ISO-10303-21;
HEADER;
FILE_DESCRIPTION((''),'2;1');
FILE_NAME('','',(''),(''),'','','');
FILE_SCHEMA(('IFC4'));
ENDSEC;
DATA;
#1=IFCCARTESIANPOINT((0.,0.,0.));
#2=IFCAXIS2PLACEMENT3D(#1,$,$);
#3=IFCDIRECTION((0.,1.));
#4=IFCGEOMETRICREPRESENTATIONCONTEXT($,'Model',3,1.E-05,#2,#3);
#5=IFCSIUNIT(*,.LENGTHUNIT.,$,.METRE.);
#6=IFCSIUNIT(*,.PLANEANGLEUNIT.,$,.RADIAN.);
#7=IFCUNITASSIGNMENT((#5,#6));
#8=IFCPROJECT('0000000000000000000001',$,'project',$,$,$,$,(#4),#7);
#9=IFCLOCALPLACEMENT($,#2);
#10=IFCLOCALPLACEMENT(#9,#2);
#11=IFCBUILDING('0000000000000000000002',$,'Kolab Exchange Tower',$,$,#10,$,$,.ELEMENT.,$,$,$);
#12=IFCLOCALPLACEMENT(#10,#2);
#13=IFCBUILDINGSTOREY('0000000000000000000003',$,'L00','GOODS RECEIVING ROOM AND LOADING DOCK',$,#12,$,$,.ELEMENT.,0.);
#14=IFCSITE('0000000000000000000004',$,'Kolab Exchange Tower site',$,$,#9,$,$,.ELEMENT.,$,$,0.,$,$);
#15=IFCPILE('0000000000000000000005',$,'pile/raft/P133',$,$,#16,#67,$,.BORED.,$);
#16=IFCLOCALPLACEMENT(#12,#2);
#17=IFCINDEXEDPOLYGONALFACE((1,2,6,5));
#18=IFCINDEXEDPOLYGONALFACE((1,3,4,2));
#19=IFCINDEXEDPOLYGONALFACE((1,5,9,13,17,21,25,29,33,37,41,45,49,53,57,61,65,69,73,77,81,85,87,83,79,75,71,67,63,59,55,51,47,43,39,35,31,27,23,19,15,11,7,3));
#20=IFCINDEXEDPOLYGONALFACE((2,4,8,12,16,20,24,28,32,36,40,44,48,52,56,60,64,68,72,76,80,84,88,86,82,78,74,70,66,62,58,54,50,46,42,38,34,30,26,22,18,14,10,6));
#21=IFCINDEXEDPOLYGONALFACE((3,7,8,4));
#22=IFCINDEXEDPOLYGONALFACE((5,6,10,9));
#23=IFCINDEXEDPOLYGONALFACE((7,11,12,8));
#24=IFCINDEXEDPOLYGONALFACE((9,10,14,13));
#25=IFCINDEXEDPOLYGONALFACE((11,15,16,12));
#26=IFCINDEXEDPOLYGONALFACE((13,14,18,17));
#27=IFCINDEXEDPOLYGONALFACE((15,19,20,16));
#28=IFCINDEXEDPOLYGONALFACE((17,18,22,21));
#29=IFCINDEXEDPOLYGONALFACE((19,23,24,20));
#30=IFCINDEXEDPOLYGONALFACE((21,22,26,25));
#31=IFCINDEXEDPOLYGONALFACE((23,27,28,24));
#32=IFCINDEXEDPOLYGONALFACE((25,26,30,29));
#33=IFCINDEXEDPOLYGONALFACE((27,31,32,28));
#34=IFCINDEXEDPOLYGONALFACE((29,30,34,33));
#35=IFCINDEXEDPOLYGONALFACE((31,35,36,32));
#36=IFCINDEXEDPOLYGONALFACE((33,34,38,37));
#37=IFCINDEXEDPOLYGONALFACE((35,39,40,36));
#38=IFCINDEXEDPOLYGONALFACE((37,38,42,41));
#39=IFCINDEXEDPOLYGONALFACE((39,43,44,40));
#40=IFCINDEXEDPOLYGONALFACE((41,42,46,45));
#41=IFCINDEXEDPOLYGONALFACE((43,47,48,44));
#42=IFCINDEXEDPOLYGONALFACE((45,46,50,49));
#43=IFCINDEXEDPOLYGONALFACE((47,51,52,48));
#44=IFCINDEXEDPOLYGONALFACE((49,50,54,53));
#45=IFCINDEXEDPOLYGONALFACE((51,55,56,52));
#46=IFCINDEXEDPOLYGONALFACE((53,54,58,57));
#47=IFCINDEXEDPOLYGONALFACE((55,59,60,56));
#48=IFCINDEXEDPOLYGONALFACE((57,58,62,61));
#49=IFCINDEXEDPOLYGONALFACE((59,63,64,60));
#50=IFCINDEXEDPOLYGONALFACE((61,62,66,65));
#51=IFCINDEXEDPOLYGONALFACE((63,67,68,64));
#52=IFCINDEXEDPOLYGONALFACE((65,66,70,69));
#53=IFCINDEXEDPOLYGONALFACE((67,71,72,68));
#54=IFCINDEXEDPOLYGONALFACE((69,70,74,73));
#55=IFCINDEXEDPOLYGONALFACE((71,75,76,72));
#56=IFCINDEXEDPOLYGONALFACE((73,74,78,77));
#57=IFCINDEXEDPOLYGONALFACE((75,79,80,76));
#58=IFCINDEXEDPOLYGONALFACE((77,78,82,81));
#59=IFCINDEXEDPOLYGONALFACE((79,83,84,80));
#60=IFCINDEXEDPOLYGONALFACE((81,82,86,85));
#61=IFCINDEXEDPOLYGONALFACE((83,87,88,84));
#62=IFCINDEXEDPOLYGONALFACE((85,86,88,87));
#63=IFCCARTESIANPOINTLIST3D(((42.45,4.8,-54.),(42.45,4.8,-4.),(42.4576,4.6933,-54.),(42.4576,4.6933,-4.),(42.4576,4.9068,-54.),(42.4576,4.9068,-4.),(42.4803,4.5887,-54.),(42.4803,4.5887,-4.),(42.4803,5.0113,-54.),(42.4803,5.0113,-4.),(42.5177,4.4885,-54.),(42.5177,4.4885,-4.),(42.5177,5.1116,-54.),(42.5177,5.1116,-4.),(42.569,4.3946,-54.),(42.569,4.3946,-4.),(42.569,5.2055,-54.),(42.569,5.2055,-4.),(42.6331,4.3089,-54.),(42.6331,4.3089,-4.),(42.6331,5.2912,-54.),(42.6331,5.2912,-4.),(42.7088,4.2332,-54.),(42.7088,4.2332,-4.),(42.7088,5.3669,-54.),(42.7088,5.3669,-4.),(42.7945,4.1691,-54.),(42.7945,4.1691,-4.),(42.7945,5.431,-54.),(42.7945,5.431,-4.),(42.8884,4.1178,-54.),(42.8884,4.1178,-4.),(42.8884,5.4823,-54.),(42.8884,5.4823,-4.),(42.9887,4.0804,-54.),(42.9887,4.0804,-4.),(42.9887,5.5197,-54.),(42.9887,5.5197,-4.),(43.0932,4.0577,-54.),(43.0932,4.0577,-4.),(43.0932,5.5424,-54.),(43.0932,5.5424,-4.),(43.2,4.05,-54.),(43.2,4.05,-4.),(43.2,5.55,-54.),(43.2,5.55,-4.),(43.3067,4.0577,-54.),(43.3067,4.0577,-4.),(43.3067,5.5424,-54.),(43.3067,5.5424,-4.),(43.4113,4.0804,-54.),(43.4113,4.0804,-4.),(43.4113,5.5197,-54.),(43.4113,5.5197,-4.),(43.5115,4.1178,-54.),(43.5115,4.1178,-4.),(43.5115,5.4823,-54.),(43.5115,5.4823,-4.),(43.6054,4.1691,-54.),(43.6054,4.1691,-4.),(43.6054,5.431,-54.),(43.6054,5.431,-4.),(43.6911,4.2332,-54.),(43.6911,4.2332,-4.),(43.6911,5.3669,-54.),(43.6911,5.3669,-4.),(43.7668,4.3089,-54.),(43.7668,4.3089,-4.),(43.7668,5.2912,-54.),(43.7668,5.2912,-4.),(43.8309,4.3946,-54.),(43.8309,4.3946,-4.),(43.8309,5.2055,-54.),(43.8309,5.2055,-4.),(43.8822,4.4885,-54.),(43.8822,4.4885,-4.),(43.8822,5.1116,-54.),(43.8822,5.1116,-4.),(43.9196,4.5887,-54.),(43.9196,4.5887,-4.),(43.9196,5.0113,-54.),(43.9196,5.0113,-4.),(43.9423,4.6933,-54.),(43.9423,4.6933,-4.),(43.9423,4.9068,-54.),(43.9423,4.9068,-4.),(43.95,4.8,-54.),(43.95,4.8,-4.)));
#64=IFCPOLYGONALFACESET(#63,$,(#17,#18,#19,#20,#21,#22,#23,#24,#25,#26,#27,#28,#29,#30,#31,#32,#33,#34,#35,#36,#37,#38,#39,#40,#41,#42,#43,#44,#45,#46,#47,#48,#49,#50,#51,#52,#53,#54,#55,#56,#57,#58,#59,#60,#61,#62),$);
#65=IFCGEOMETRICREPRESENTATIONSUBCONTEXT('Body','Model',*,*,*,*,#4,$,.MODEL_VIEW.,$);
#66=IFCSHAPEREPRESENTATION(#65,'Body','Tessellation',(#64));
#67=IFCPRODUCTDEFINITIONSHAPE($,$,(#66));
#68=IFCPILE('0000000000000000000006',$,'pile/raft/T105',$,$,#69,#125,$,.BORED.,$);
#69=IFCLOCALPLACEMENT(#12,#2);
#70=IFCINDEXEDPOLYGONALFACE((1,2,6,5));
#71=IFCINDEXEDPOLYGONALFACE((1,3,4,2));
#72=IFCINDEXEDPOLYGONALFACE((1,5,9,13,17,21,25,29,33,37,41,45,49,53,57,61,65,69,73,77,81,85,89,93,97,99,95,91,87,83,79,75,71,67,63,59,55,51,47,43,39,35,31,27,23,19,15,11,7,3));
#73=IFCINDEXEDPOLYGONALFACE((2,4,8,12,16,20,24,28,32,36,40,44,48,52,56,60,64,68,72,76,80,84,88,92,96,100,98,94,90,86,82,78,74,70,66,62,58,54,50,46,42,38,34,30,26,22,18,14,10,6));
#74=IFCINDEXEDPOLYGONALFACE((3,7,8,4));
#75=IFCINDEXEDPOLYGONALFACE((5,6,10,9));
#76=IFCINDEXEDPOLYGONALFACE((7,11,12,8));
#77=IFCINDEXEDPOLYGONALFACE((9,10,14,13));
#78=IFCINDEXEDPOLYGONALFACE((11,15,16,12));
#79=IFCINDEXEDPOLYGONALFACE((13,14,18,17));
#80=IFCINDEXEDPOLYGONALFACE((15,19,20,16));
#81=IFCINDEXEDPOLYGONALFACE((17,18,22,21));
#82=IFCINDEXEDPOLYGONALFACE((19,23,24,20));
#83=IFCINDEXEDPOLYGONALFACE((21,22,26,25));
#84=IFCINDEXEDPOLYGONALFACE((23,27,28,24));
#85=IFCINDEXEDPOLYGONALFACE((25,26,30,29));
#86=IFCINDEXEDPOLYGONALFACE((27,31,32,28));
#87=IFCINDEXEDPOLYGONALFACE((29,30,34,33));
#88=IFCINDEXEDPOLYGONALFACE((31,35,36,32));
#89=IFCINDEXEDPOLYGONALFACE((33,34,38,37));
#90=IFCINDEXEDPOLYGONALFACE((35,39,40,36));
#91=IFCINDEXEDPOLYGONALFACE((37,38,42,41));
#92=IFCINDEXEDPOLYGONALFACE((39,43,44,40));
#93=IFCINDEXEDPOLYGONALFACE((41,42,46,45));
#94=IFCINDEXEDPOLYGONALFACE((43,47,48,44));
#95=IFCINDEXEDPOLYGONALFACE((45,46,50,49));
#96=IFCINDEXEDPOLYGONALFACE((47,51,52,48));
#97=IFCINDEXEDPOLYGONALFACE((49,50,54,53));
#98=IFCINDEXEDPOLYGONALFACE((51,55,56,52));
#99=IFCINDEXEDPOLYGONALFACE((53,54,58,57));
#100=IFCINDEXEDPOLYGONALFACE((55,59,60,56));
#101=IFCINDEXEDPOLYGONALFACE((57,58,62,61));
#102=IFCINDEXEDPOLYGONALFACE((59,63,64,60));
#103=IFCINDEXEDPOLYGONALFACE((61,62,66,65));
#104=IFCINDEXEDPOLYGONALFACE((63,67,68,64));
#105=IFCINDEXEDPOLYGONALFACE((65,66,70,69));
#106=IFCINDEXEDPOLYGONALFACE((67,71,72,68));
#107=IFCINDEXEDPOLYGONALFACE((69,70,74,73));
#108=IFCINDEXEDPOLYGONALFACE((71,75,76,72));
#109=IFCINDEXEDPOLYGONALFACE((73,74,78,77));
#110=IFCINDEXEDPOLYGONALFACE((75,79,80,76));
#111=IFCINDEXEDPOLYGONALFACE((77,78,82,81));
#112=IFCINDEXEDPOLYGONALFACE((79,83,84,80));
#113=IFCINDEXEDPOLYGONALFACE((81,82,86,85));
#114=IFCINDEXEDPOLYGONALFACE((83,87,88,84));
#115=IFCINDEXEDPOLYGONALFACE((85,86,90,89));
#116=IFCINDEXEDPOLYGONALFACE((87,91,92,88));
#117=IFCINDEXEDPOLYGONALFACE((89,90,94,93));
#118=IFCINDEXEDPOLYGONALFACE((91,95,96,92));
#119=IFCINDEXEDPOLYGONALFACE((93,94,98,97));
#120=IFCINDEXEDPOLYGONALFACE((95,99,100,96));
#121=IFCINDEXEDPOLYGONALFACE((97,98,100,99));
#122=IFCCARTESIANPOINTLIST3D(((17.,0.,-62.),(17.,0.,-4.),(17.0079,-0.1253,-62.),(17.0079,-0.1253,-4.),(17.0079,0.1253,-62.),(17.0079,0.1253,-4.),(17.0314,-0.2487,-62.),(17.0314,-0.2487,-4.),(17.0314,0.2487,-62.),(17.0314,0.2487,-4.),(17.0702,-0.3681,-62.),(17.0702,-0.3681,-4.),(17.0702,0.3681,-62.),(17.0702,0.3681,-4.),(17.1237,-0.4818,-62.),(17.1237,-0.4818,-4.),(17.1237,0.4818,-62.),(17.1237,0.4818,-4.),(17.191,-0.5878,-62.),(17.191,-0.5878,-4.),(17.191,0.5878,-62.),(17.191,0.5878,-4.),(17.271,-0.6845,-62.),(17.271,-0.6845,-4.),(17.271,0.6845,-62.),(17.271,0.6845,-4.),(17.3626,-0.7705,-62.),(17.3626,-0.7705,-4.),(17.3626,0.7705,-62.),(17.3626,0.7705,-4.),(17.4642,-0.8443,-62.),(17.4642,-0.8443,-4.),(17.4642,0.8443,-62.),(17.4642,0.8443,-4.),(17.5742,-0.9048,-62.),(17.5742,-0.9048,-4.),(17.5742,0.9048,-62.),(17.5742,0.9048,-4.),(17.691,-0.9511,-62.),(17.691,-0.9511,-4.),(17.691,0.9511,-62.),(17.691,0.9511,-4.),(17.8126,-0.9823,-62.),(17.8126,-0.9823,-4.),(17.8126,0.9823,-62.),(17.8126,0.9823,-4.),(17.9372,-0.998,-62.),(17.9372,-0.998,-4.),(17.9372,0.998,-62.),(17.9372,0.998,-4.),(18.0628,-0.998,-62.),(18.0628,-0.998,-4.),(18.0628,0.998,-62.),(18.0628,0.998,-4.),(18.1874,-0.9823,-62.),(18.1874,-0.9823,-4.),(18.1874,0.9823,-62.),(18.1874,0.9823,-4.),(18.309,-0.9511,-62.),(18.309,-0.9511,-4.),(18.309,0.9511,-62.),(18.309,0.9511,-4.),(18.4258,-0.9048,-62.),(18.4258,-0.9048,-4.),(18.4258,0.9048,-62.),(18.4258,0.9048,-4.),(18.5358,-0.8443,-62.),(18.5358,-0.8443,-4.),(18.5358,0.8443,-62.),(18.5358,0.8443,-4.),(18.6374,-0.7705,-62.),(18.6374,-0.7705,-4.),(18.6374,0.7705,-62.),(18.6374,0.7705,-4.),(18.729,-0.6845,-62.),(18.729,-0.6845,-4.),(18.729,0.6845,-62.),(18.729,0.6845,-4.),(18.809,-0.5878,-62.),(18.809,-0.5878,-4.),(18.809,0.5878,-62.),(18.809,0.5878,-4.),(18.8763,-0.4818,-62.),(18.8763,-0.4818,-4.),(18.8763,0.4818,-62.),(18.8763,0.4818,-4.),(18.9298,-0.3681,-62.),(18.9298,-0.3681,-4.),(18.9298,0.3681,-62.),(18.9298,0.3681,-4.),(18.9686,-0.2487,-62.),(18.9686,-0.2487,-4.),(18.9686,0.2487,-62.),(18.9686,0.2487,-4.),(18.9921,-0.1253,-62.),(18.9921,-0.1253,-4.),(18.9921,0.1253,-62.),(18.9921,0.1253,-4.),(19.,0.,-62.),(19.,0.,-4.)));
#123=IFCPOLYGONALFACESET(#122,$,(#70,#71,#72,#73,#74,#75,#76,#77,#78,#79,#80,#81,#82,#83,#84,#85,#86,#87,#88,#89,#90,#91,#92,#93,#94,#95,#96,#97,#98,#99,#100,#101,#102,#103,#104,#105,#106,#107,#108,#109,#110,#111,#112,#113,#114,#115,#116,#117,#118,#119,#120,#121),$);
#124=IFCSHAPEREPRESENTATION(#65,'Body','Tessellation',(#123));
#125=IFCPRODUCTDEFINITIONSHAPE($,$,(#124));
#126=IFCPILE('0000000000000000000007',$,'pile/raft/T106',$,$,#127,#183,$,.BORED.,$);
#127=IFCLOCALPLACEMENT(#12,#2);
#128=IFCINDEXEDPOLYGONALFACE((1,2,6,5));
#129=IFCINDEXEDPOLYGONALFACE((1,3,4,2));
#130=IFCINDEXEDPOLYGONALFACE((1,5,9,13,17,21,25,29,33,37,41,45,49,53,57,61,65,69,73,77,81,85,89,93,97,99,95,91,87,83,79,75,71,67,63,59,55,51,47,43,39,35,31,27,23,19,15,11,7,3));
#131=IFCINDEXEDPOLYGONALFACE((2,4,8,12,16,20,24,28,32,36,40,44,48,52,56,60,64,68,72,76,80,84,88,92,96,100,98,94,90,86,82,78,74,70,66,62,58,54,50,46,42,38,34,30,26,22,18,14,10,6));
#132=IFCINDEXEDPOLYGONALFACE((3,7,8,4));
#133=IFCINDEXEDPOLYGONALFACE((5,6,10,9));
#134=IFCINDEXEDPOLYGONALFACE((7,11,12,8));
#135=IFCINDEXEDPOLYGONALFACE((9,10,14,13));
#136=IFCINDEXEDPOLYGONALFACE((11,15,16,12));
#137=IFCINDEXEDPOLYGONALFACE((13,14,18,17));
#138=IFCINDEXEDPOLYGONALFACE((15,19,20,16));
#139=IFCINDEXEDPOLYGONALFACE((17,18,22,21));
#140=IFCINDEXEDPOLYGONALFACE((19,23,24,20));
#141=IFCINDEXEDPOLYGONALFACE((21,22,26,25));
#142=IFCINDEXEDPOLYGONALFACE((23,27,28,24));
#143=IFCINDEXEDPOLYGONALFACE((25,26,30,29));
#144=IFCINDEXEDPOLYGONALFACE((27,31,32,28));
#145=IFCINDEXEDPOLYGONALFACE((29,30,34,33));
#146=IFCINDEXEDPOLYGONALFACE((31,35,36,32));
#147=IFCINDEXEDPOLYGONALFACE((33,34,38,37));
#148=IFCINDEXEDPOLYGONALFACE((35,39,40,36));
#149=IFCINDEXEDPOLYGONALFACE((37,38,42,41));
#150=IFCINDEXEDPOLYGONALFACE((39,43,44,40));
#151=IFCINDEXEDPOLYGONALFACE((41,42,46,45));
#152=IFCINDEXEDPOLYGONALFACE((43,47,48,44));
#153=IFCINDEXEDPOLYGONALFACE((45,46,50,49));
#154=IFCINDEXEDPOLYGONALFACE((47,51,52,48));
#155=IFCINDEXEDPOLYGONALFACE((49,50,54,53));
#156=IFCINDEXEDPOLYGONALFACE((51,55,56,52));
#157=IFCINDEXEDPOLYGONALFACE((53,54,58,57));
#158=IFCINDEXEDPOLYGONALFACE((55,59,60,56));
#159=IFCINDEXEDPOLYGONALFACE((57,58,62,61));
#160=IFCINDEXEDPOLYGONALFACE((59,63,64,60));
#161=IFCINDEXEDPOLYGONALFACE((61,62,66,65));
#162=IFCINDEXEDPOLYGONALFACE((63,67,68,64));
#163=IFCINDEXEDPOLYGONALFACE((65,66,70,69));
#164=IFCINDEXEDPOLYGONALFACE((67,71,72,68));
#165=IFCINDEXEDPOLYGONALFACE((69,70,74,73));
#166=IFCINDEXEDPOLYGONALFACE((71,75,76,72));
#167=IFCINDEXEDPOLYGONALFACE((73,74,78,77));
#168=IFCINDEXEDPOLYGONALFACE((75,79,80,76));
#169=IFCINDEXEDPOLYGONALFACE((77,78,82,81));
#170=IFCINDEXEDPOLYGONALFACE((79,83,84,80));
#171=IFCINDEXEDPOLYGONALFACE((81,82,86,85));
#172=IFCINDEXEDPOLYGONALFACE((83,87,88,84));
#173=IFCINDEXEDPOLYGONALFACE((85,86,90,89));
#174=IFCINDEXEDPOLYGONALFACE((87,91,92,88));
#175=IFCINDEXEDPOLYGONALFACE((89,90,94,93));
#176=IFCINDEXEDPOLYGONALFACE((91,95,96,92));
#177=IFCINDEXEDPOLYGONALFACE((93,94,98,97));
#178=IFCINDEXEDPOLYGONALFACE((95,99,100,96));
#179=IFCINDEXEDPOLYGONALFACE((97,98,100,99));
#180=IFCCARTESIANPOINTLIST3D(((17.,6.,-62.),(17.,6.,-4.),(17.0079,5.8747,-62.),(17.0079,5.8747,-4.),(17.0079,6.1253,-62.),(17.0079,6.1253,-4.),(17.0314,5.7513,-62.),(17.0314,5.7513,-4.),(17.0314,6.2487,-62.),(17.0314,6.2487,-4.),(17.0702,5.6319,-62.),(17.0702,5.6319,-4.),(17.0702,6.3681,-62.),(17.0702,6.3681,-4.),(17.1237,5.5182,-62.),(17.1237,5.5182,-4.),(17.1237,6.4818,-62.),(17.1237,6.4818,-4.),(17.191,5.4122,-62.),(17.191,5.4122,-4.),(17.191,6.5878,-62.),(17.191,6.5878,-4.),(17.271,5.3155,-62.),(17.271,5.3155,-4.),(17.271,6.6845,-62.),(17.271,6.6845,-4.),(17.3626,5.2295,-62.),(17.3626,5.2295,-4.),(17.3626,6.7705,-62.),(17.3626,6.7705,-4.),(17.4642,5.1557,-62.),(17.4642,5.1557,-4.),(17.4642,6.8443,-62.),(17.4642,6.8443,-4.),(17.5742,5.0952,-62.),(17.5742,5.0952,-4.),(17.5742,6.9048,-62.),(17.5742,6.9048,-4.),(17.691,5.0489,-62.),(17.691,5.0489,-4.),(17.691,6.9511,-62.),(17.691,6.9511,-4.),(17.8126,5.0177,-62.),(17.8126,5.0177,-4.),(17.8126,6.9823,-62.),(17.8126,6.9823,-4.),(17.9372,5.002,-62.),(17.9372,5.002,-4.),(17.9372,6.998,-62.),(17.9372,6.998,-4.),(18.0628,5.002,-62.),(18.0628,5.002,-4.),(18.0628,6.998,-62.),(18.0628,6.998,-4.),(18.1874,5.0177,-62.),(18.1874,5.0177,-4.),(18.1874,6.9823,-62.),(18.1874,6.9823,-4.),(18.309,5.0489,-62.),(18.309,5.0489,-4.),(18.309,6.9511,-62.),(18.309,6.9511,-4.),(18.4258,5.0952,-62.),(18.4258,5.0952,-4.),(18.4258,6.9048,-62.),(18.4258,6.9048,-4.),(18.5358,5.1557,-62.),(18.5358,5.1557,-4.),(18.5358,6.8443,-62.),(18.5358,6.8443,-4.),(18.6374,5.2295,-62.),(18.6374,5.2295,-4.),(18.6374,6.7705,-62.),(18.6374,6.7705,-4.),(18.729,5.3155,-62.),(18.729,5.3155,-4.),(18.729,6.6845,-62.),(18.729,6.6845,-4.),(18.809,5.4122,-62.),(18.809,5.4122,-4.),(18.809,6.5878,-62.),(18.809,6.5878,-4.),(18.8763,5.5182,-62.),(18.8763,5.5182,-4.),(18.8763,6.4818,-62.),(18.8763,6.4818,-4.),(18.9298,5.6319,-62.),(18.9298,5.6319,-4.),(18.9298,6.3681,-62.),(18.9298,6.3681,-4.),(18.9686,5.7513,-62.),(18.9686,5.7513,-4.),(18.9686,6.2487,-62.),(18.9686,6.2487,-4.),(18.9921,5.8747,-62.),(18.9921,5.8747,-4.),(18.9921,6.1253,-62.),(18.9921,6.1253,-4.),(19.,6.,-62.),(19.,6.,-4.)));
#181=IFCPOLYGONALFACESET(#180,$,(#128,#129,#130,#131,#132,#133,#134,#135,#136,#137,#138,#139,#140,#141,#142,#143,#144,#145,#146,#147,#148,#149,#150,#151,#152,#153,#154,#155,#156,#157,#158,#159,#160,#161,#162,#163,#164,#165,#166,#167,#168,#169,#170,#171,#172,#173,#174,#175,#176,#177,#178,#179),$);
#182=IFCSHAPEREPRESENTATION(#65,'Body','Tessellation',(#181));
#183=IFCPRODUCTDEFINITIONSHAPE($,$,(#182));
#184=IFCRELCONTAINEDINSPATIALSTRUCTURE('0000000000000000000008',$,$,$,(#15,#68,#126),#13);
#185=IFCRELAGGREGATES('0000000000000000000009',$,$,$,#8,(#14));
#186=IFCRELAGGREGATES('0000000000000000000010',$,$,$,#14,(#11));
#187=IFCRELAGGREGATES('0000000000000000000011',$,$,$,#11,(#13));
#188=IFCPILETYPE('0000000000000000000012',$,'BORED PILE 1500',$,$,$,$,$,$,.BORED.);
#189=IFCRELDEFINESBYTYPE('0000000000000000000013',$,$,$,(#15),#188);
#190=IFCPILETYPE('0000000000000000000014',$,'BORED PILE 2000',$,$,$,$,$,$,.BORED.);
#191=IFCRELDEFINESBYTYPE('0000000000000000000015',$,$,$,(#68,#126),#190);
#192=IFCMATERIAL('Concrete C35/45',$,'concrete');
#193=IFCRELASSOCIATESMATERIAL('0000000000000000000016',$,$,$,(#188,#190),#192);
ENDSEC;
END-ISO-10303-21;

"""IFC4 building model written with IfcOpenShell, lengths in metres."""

from ifc_helpers import new_model, si_unit, direction, frame, origin, origin_2d, place, context, subcontext, project, spatial, circle, extrude, material, material_profile, profile_set, type_object, element, save


model = new_model("IFC4")

# Units and contexts
model_context = context("Model", 3, precision=1e-05, world=origin(), true_north=direction((0.0, 1.0)))
body_context = subcontext(model_context, "Body", "Model", "MODEL_VIEW")
ifc_project = project(units=[si_unit("LENGTHUNIT", "METRE"), si_unit("PLANEANGLEUNIT", "RADIAN")], contexts=[model_context])

# Site, building, storey
site_placement = place(None, origin())
site = spatial("IfcSite", under=ifc_project, at=site_placement, Name="Kolab Exchange Tower site", CompositionType="ELEMENT", RefElevation=0.0)
building_placement = place(site_placement, origin())
building = spatial("IfcBuilding", under=site, at=building_placement, Name="Kolab Exchange Tower", CompositionType="ELEMENT")
storey_placement = place(building_placement, origin())
storey = spatial("IfcBuildingStorey", under=building, at=storey_placement, Name="L00", Description="GOODS RECEIVING ROOM AND LOADING DOCK", CompositionType="ELEMENT", Elevation=0.0)

# Piles
ifc_material_1 = material(Name="Concrete C35/45", Category="concrete")
ifc_material_profile_1 = material_profile(ifc_material_1, circle(Radius=0.75, at=origin_2d()), Name="BP1500")
ifc_profile_set_1 = profile_set([ifc_material_profile_1], Name="Concrete C35/45")
pile_type_1 = type_object("IfcPileType", Name="BORED PILE 1500", PredefinedType="BORED", material=ifc_profile_set_1)
for number, where, z_axis, x_axis, name in (
    (1, (43.2, 4.8, -4.0), (0.0, 0.0, -1.0), (1.0, 0.0, 0.0), "pile/raft/P133"),
):
    element("IfcPile", number, at=place(storey_placement, frame(where, z_axis=z_axis, x_axis=x_axis)), inside=storey, type_object=pile_type_1, Name=name, PredefinedType="BORED", context=body_context, shape_type="SweptSolid", body=[
        extrude(circle(Radius=0.75, at=origin_2d()), origin(), (0.0, 0.0, 1.0), 50.0),
    ])
ifc_material_profile_2 = material_profile(ifc_material_1, circle(Radius=1.0, at=origin_2d()), Name="BP2000")
ifc_profile_set_2 = profile_set([ifc_material_profile_2], Name="Concrete C35/45")
pile_type_2 = type_object("IfcPileType", Name="BORED PILE 2000", PredefinedType="BORED", material=ifc_profile_set_2)
for number, where, z_axis, x_axis, name in (
    (2, (18.0, 0.0, -4.0), (0.0, 0.0, -1.0), (1.0, 0.0, 0.0), "pile/raft/T105"),
    (3, (18.0, 6.0, -4.0), (0.0, 0.0, -1.0), (1.0, 0.0, 0.0), "pile/raft/T106"),
):
    element("IfcPile", number, at=place(storey_placement, frame(where, z_axis=z_axis, x_axis=x_axis)), inside=storey, type_object=pile_type_2, Name=name, PredefinedType="BORED", context=body_context, shape_type="SweptSolid", body=[
        extrude(circle(Radius=1.0, at=origin_2d()), origin(), (0.0, 0.0, 1.0), 58.0),
    ])

save(model, "model.ifc")
